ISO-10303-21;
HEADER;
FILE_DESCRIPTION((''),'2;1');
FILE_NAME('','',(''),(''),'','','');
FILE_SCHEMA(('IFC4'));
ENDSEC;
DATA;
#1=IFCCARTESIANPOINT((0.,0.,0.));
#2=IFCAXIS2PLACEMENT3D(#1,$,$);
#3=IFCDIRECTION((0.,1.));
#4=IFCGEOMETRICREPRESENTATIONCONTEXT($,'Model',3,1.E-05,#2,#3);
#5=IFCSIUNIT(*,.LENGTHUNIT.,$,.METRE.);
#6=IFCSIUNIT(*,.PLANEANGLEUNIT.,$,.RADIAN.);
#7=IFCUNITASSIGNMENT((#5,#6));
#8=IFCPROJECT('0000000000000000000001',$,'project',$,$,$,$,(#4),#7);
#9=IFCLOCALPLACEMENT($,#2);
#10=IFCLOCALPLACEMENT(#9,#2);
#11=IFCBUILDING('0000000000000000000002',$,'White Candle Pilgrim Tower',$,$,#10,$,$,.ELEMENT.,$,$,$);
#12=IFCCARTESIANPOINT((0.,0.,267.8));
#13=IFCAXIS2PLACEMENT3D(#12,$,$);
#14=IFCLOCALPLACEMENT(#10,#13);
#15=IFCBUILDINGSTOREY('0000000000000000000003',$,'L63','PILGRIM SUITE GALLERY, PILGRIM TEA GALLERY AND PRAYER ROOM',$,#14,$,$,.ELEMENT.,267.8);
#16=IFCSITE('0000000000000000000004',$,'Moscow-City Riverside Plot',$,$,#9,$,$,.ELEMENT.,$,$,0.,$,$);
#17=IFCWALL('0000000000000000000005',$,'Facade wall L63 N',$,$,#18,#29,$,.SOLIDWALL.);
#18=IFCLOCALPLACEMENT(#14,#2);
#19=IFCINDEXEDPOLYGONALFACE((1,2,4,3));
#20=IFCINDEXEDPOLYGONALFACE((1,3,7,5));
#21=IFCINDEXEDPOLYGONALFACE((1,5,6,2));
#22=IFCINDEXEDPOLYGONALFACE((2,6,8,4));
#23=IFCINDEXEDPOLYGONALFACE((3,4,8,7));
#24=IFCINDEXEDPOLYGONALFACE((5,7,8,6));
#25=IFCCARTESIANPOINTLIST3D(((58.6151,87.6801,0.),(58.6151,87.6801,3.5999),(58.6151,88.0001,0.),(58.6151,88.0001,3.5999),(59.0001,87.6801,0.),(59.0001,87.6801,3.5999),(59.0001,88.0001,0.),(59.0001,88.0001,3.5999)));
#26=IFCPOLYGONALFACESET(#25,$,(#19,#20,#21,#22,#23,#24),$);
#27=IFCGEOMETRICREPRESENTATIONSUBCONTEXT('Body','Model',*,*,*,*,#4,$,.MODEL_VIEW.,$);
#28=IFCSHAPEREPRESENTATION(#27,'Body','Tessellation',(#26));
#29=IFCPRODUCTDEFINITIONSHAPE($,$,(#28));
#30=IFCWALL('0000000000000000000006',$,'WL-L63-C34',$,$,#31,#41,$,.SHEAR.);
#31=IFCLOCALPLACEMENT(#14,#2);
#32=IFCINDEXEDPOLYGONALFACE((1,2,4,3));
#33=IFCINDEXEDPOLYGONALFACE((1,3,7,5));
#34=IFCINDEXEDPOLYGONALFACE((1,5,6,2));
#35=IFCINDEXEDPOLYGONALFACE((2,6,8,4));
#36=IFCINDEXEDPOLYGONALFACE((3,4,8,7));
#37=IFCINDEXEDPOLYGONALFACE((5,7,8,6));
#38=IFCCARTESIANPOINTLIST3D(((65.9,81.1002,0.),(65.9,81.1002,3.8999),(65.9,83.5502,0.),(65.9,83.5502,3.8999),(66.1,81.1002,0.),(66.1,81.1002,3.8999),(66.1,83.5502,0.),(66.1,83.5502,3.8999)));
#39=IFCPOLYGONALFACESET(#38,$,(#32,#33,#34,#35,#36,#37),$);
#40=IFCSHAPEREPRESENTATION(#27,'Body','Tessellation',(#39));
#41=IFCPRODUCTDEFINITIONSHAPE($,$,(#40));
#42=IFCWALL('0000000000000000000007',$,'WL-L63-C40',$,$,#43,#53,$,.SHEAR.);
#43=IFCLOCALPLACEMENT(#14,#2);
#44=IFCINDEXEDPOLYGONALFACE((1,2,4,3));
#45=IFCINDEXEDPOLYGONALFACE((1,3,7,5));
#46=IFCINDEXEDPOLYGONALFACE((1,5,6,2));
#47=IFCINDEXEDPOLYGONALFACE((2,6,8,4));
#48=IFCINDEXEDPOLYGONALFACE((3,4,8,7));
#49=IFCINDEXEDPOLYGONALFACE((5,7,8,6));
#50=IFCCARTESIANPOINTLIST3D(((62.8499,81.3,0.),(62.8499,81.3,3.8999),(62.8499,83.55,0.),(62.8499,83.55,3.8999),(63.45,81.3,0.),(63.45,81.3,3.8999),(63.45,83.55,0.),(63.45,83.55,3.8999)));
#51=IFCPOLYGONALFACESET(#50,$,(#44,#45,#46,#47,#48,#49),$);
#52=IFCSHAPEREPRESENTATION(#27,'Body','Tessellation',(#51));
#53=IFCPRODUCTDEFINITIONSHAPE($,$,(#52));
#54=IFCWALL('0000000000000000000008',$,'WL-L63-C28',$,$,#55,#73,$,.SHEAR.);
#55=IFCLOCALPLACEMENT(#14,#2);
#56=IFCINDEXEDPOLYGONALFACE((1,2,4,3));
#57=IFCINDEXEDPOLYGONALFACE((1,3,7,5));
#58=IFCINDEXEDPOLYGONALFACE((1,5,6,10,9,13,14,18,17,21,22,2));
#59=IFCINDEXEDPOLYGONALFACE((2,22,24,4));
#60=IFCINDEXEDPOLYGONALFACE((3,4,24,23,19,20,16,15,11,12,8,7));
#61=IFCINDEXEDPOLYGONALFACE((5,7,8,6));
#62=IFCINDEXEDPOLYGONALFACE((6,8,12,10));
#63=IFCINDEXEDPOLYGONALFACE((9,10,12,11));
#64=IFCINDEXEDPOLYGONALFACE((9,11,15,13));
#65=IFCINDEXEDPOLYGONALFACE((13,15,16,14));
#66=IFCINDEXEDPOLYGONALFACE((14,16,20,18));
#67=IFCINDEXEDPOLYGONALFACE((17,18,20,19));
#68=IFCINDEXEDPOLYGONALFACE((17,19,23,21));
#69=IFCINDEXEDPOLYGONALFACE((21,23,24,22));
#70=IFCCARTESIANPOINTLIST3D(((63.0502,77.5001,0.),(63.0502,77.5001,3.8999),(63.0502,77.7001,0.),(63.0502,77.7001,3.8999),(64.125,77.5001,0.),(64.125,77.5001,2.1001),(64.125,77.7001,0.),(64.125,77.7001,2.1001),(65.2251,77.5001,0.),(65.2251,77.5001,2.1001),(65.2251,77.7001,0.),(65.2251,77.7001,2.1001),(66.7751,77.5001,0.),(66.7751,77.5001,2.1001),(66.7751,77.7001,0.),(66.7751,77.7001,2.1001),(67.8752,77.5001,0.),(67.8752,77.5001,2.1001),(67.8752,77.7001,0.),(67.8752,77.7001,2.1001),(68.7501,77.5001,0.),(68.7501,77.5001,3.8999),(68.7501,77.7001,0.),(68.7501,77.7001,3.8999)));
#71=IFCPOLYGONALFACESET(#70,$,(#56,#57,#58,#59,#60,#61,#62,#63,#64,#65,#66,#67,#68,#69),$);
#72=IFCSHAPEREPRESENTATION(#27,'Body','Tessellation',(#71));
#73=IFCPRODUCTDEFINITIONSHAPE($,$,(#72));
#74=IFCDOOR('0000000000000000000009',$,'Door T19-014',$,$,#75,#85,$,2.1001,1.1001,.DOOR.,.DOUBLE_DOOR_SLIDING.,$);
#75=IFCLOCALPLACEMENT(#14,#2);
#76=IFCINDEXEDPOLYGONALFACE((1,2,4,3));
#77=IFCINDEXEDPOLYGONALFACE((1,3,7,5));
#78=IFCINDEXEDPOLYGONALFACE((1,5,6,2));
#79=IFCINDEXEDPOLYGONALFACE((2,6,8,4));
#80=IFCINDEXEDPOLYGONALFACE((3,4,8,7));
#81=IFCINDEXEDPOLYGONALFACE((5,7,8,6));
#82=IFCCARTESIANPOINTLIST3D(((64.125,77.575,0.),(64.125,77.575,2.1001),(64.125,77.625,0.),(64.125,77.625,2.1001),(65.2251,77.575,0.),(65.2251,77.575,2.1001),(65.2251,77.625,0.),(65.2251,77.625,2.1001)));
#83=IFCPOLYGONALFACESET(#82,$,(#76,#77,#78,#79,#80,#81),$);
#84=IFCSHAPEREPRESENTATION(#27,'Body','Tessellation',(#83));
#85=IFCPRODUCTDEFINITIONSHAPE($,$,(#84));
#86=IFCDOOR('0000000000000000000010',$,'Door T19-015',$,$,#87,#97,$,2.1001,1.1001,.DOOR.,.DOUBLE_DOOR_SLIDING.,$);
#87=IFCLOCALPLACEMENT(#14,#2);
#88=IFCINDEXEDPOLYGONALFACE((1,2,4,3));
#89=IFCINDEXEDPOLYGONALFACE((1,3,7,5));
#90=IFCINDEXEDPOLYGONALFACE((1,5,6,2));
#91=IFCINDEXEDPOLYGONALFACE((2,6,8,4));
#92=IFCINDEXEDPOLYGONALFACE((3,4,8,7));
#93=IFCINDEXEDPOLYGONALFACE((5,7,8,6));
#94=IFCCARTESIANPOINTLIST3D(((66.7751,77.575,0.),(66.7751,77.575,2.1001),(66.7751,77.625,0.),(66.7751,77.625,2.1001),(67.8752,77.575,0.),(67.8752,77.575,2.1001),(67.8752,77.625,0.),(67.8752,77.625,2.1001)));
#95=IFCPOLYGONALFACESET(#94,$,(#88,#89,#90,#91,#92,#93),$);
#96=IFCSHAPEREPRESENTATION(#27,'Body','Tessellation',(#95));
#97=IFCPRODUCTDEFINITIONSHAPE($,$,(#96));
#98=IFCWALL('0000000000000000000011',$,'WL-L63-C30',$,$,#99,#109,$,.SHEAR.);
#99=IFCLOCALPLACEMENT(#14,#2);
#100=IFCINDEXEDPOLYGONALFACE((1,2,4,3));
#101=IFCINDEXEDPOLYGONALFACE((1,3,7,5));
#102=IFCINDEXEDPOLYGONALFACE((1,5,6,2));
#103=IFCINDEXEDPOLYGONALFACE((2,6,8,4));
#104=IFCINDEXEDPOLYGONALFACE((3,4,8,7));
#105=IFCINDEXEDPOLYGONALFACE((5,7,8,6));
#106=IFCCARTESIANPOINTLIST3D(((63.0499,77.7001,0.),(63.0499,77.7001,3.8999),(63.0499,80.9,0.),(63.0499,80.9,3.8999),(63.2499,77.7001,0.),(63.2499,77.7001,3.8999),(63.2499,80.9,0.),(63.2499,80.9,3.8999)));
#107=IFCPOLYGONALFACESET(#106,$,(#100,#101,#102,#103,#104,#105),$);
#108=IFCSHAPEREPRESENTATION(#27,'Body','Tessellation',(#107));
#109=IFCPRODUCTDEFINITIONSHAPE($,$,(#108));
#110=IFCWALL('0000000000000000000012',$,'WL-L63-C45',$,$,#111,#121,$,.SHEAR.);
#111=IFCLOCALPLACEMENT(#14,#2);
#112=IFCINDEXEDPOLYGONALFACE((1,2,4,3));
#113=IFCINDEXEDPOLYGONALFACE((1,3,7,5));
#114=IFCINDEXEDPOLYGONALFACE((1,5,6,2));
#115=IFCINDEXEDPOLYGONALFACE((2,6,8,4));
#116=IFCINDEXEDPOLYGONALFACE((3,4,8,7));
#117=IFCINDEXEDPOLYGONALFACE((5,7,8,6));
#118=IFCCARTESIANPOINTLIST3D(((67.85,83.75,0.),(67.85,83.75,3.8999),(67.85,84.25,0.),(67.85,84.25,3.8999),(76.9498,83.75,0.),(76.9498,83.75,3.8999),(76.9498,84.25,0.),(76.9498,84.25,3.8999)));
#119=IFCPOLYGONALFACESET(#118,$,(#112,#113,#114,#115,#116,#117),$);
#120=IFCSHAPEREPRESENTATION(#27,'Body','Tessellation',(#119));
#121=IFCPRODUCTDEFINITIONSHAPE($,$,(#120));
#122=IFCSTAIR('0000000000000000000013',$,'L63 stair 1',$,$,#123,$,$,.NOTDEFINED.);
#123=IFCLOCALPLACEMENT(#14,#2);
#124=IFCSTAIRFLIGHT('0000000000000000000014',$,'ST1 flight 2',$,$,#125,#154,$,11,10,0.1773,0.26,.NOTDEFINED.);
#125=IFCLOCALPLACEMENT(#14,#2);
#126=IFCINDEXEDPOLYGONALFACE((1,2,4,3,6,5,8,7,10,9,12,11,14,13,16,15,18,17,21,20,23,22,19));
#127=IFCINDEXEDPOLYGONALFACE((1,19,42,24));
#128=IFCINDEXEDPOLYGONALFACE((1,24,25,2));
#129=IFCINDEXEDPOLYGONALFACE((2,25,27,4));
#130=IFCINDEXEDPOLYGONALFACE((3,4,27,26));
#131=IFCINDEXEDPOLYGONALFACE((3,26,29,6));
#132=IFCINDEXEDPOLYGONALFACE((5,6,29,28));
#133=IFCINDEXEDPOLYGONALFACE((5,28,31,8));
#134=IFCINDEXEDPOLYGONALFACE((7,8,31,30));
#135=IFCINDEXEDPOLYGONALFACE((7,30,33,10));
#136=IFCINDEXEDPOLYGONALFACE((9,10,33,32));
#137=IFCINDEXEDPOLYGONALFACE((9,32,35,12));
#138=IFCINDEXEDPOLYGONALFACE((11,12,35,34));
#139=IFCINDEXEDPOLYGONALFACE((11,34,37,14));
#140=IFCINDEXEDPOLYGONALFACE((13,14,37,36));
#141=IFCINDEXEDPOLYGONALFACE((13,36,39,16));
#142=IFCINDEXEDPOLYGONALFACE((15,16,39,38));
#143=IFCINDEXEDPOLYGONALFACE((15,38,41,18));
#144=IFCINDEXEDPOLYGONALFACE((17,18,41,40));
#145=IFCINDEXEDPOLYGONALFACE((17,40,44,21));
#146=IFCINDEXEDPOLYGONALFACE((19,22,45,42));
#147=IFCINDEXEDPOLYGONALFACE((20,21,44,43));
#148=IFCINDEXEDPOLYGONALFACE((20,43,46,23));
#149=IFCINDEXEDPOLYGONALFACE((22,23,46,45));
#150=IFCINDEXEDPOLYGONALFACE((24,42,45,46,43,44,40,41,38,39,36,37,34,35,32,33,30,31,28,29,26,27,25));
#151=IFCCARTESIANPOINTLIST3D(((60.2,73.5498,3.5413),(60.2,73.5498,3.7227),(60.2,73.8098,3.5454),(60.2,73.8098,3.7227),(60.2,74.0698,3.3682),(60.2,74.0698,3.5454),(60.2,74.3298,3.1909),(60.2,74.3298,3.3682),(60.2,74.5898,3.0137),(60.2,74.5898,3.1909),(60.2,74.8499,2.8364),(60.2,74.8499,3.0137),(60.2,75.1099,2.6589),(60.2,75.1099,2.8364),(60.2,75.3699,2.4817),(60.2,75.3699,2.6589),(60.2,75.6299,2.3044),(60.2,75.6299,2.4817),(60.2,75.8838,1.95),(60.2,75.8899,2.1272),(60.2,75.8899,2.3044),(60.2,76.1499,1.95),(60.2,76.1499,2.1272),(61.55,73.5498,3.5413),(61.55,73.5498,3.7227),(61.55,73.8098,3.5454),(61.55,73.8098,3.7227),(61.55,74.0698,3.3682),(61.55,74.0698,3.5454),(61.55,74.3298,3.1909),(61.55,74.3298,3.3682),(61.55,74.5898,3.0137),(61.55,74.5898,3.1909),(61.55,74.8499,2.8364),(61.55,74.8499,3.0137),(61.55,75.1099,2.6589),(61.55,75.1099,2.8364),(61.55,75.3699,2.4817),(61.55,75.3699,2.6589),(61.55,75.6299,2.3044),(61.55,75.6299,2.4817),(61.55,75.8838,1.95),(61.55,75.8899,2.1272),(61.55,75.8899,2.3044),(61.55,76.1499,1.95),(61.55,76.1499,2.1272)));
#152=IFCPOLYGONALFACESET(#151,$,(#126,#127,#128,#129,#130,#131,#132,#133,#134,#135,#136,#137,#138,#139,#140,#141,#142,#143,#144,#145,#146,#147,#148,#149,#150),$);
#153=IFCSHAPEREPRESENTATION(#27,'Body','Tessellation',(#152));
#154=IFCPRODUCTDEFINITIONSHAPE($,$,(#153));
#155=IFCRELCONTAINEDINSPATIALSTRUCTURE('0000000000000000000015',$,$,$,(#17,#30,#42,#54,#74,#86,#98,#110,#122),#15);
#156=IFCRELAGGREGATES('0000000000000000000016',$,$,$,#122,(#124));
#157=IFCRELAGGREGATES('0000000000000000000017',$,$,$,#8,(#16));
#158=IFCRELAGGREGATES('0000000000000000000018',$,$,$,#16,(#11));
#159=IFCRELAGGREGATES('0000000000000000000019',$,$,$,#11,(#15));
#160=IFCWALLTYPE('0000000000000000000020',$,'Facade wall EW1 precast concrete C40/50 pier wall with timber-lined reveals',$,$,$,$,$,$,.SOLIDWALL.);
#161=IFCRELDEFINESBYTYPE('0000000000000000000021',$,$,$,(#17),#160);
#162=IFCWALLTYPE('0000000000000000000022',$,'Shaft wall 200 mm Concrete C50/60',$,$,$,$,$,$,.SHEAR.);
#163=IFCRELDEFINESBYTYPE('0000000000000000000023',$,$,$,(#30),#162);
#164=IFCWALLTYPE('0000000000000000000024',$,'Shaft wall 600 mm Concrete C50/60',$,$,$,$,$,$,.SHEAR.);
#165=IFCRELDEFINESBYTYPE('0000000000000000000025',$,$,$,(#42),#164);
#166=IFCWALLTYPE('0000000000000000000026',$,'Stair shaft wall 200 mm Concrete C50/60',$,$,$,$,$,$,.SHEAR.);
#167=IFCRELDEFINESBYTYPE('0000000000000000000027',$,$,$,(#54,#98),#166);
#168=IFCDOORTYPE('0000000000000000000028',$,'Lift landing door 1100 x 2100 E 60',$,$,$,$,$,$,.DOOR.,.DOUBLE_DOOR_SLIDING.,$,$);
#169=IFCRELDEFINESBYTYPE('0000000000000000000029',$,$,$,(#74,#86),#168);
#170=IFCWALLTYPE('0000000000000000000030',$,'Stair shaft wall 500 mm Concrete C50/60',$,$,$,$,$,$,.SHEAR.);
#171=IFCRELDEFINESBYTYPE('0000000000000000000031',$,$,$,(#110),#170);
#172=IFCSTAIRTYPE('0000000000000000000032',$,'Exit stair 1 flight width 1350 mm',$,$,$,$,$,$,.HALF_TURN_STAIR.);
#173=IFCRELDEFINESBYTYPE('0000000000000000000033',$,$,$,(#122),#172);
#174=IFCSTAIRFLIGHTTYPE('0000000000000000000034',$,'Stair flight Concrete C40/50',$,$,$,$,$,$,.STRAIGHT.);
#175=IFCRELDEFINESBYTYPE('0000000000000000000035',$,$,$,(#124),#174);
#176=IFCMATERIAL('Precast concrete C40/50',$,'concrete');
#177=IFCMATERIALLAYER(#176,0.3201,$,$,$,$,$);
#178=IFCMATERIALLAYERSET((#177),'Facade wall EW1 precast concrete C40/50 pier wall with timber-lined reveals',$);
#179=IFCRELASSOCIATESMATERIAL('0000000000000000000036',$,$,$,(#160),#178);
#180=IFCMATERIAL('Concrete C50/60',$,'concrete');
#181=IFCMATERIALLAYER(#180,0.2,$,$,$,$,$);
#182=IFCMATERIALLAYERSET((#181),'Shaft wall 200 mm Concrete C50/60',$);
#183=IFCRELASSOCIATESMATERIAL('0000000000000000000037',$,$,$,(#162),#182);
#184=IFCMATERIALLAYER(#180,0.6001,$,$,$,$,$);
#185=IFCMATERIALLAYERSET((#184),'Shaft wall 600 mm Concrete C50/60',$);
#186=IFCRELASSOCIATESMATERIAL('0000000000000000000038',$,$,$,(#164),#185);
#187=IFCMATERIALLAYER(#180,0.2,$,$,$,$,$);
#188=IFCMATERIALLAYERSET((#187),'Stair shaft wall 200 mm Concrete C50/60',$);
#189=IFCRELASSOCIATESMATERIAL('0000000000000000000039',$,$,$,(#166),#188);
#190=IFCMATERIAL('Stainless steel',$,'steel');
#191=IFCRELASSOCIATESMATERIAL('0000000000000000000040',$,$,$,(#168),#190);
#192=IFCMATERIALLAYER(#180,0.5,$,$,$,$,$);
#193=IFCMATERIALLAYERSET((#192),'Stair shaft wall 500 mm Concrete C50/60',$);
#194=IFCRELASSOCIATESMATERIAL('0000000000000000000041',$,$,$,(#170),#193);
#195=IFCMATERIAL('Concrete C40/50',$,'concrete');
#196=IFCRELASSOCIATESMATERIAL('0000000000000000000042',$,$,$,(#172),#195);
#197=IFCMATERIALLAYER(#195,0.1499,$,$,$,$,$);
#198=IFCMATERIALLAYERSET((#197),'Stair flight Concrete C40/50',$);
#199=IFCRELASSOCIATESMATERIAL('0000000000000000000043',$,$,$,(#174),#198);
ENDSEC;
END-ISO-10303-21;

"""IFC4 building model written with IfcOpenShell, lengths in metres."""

from ifc_helpers import new_model, si_unit, direction, frame, frame_2d, origin, place, context, subcontext, project, spatial, polyline, rectangle, outline, extrude, material, layer, layer_set, type_object, element, fill, aggregate, save


model = new_model("IFC4")

# Units and contexts
model_context = context("Model", 3, precision=1e-05, world=origin(), true_north=direction((0.0, 1.0)))
body_context = subcontext(model_context, "Body", "Model", "MODEL_VIEW")
ifc_project = project(units=[si_unit("LENGTHUNIT", "METRE"), si_unit("PLANEANGLEUNIT", "RADIAN")], contexts=[model_context])

# Site, building, storey
site_placement = place(None, origin())
site = spatial("IfcSite", under=ifc_project, at=site_placement, Name="Moscow-City Riverside Plot", CompositionType="ELEMENT", RefElevation=0.0)
building_placement = place(site_placement, origin())
building = spatial("IfcBuilding", under=site, at=building_placement, Name="White Candle Pilgrim Tower", CompositionType="ELEMENT")
storey_placement = place(building_placement, frame((0.0, 0.0, 267.8)))
storey = spatial("IfcBuildingStorey", under=building, at=storey_placement, Name="L63", Description="PILGRIM SUITE GALLERY, PILGRIM TEA GALLERY AND PRAYER ROOM", CompositionType="ELEMENT", Elevation=267.8)

# Shared definitions
ifc_material_1 = material(Name="Concrete C50/60", Category="concrete")

# Shared definitions
ifc_material_2 = material(Name="Stainless steel", Category="steel")

# Walls
ifc_material_3 = material(Name="Precast concrete C40/50", Category="concrete")
ifc_layer_1 = layer(ifc_material_3, 0.3201)
ifc_layer_set_1 = layer_set([ifc_layer_1], Name="Facade wall EW1 precast concrete C40/50 pier wall with timber-lined reveals")
wall_type_1 = type_object("IfcWallType", Name="Facade wall EW1 precast concrete C40/50 pier wall with timber-lined reveals", PredefinedType="SOLIDWALL", material=ifc_layer_set_1)
wall_1_placement = place(storey_placement, frame((59.0, 87.8401, 0.0), z_axis=(0.0, 0.0, 1.0), x_axis=(-1.0, 0.0, 0.0)))
element("IfcWall", 1, at=wall_1_placement, inside=storey, type_object=wall_type_1, Name="Facade wall L63 N", PredefinedType="SOLIDWALL", context=body_context, shape_type="SweptSolid", body=[
    extrude(rectangle(XDim=0.385, YDim=0.3201, at=frame_2d((0.1924, 0.0))), origin(), (0.0, 0.0, 1.0), 3.5999),
])
ifc_layer_2 = layer(ifc_material_1, 0.2)
ifc_layer_set_2 = layer_set([ifc_layer_2], Name="Shaft wall 200 mm Concrete C50/60")
wall_type_2 = type_object("IfcWallType", Name="Shaft wall 200 mm Concrete C50/60", PredefinedType="SHEAR", material=ifc_layer_set_2)
wall_2_placement = place(storey_placement, frame((66.0, 81.1001, 0.0), z_axis=(0.0, 0.0, 1.0), x_axis=(0.0, 1.0, 0.0)))
element("IfcWall", 2, at=wall_2_placement, inside=storey, type_object=wall_type_2, Name="WL-L63-C34", PredefinedType="SHEAR", context=body_context, shape_type="SweptSolid", body=[
    extrude(rectangle(XDim=2.45, YDim=0.2, at=frame_2d((1.2251, 0.0))), origin(), (0.0, 0.0, 1.0), 3.8999),
])
ifc_layer_3 = layer(ifc_material_1, 0.6001)
ifc_layer_set_3 = layer_set([ifc_layer_3], Name="Shaft wall 600 mm Concrete C50/60")
wall_type_3 = type_object("IfcWallType", Name="Shaft wall 600 mm Concrete C50/60", PredefinedType="SHEAR", material=ifc_layer_set_3)
wall_3_placement = place(storey_placement, frame((63.1499, 81.3, 0.0), z_axis=(0.0, 0.0, 1.0), x_axis=(0.0, 1.0, 0.0)))
element("IfcWall", 3, at=wall_3_placement, inside=storey, type_object=wall_type_3, Name="WL-L63-C40", PredefinedType="SHEAR", context=body_context, shape_type="SweptSolid", body=[
    extrude(rectangle(XDim=2.25, YDim=0.6001, at=frame_2d((1.125, 0.0))), origin(), (0.0, 0.0, 1.0), 3.8999),
])

# Wall, openings, doors
ifc_layer_4 = layer(ifc_material_1, 0.2)
ifc_layer_set_4 = layer_set([ifc_layer_4], Name="Stair shaft wall 200 mm Concrete C50/60")
wall_type_4 = type_object("IfcWallType", Name="Stair shaft wall 200 mm Concrete C50/60", PredefinedType="SHEAR", material=ifc_layer_set_4)
wall_4_placement = place(storey_placement, frame((63.05, 77.6001, 0.0), z_axis=(0.0, 0.0, 1.0), x_axis=(1.0, 0.0, 0.0)))
wall_4 = element("IfcWall", 4, at=wall_4_placement, inside=storey, type_object=wall_type_4, Name="WL-L63-C28", PredefinedType="SHEAR", context=body_context, shape_type="SweptSolid", body=[
    extrude(rectangle(XDim=5.7, YDim=0.2, at=frame_2d((2.8501, 0.0))), origin(), (0.0, 0.0, 1.0), 3.8999),
])
opening_1_placement = place(wall_4_placement, frame((1.075, 0.0, 0.0)))
opening_1 = element("IfcOpeningElement", 5, at=opening_1_placement, cuts=wall_4, PredefinedType="OPENING", context=body_context, shape_type="SweptSolid", body=[
    extrude(rectangle(XDim=1.1001, YDim=2.1001, at=frame_2d((0.55, 1.05))), frame((0.0, 0.1099, 0.0), z_axis=(0.0, -1.0, 0.0), x_axis=(1.0, 0.0, 0.0)), (0.0, 0.0, 1.0), 0.22),
])
opening_2_placement = place(wall_4_placement, frame((3.7251, 0.0, 0.0)))
opening_2 = element("IfcOpeningElement", 6, at=opening_2_placement, cuts=wall_4, PredefinedType="OPENING", context=body_context, shape_type="SweptSolid", body=[
    extrude(rectangle(XDim=1.1001, YDim=2.1001, at=frame_2d((0.55, 1.05))), frame((0.0, 0.1099, 0.0), z_axis=(0.0, -1.0, 0.0), x_axis=(1.0, 0.0, 0.0)), (0.0, 0.0, 1.0), 0.22),
])
door_type_1 = type_object("IfcDoorType", Name="Lift landing door 1100 x 2100 E 60", OperationType="DOUBLE_DOOR_SLIDING", PredefinedType="DOOR", material=ifc_material_2)
door_1_placement = place(opening_1_placement, origin())
door_1 = element("IfcDoor", 7, at=door_1_placement, inside=storey, type_object=door_type_1, Name="Door T19-014", OperationType="DOUBLE_DOOR_SLIDING", OverallHeight=2.1001, OverallWidth=1.1001, PredefinedType="DOOR", context=body_context, shape_type="SweptSolid", body=[
    extrude(rectangle(XDim=1.1001, YDim=2.1001, at=frame_2d((0.55, 1.05))), frame((0.0, 0.0249, 0.0), z_axis=(0.0, -1.0, 0.0), x_axis=(1.0, 0.0, 0.0)), (0.0, 0.0, 1.0), 0.05),
])
fill(opening_1, door_1)
door_2_placement = place(opening_2_placement, origin())
door_2 = element("IfcDoor", 8, at=door_2_placement, inside=storey, type_object=door_type_1, Name="Door T19-015", OperationType="DOUBLE_DOOR_SLIDING", OverallHeight=2.1001, OverallWidth=1.1001, PredefinedType="DOOR", context=body_context, shape_type="SweptSolid", body=[
    extrude(rectangle(XDim=1.1001, YDim=2.1001, at=frame_2d((0.55, 1.05))), frame((0.0, 0.0249, 0.0), z_axis=(0.0, -1.0, 0.0), x_axis=(1.0, 0.0, 0.0)), (0.0, 0.0, 1.0), 0.05),
])
fill(opening_2, door_2)

# Walls
wall_5_placement = place(storey_placement, frame((63.1499, 77.7, 0.0), z_axis=(0.0, 0.0, 1.0), x_axis=(0.0, 1.0, 0.0)))
element("IfcWall", 9, at=wall_5_placement, inside=storey, type_object=wall_type_4, Name="WL-L63-C30", PredefinedType="SHEAR", context=body_context, shape_type="SweptSolid", body=[
    extrude(rectangle(XDim=3.2, YDim=0.2, at=frame_2d((1.6001, 0.0))), origin(), (0.0, 0.0, 1.0), 3.8999),
])
ifc_layer_5 = layer(ifc_material_1, 0.5)
ifc_layer_set_5 = layer_set([ifc_layer_5], Name="Stair shaft wall 500 mm Concrete C50/60")
wall_type_5 = type_object("IfcWallType", Name="Stair shaft wall 500 mm Concrete C50/60", PredefinedType="SHEAR", material=ifc_layer_set_5)
wall_6_placement = place(storey_placement, frame((67.8501, 84.0, 0.0), z_axis=(0.0, 0.0, 1.0), x_axis=(1.0, 0.0, 0.0)))
element("IfcWall", 10, at=wall_6_placement, inside=storey, type_object=wall_type_5, Name="WL-L63-C45", PredefinedType="SHEAR", context=body_context, shape_type="SweptSolid", body=[
    extrude(rectangle(XDim=9.0999, YDim=0.5, at=frame_2d((4.5498, 0.0))), origin(), (0.0, 0.0, 1.0), 3.8999),
])

# Stair, stair flight
ifc_material_4 = material(Name="Concrete C40/50", Category="concrete")
stair_type = type_object("IfcStairType", Name="Exit stair 1 flight width 1350 mm", PredefinedType="HALF_TURN_STAIR", material=ifc_material_4)
stair_placement = place(storey_placement, origin())
stair = element("IfcStair", 11, at=stair_placement, inside=storey, type_object=stair_type, Name="L63 stair 1", PredefinedType="NOTDEFINED")
ifc_layer_6 = layer(ifc_material_4, 0.1499)
ifc_layer_set_6 = layer_set([ifc_layer_6], Name="Stair flight Concrete C40/50")
stair_flight_type = type_object("IfcStairFlightType", Name="Stair flight Concrete C40/50", PredefinedType="STRAIGHT", material=ifc_layer_set_6)
stair_flight_placement = place(storey_placement, frame((60.875, 76.1499, 1.95), z_axis=(0.0, 0.0, 1.0), x_axis=(0.0, -1.0, 0.0)))
stair_flight = element("IfcStairFlight", 12, at=stair_flight_placement, type_object=stair_flight_type, Name="ST1 flight 2", NumberOfRisers=11, NumberOfTreads=10, PredefinedType="NOTDEFINED", RiserHeight=0.1773, TreadLength=0.26, context=body_context, shape_type="SweptSolid", body=[
    extrude(outline(polyline([(0.0, 0.0), (0.0, 0.1772), (0.26, 0.1772), (0.26, 0.3545), (0.52, 0.3545), (0.52, 0.5317), (0.78, 0.5317), (0.78, 0.709), (1.04, 0.709), (1.04, 0.8865), (1.3, 0.8865), (1.3, 1.0637), (1.5601, 1.0637), (1.5601, 1.241), (1.8201, 1.241), (1.8201, 1.4182), (2.0801, 1.4182), (2.0801, 1.5955), (2.3401, 1.5955), (2.3401, 1.7727), (2.6001, 1.7727), (2.6001, 1.95), (2.6001, 1.5913), (0.2661, 0.0), (0.0, 0.0)])), frame((0.0, 0.675, 0.0), z_axis=(0.0, -1.0, 0.0), x_axis=(1.0, 0.0, 0.0)), (0.0, 0.0, 1.0), 1.3501),
])
aggregate(stair, [stair_flight])

save(model, "model.ifc")
